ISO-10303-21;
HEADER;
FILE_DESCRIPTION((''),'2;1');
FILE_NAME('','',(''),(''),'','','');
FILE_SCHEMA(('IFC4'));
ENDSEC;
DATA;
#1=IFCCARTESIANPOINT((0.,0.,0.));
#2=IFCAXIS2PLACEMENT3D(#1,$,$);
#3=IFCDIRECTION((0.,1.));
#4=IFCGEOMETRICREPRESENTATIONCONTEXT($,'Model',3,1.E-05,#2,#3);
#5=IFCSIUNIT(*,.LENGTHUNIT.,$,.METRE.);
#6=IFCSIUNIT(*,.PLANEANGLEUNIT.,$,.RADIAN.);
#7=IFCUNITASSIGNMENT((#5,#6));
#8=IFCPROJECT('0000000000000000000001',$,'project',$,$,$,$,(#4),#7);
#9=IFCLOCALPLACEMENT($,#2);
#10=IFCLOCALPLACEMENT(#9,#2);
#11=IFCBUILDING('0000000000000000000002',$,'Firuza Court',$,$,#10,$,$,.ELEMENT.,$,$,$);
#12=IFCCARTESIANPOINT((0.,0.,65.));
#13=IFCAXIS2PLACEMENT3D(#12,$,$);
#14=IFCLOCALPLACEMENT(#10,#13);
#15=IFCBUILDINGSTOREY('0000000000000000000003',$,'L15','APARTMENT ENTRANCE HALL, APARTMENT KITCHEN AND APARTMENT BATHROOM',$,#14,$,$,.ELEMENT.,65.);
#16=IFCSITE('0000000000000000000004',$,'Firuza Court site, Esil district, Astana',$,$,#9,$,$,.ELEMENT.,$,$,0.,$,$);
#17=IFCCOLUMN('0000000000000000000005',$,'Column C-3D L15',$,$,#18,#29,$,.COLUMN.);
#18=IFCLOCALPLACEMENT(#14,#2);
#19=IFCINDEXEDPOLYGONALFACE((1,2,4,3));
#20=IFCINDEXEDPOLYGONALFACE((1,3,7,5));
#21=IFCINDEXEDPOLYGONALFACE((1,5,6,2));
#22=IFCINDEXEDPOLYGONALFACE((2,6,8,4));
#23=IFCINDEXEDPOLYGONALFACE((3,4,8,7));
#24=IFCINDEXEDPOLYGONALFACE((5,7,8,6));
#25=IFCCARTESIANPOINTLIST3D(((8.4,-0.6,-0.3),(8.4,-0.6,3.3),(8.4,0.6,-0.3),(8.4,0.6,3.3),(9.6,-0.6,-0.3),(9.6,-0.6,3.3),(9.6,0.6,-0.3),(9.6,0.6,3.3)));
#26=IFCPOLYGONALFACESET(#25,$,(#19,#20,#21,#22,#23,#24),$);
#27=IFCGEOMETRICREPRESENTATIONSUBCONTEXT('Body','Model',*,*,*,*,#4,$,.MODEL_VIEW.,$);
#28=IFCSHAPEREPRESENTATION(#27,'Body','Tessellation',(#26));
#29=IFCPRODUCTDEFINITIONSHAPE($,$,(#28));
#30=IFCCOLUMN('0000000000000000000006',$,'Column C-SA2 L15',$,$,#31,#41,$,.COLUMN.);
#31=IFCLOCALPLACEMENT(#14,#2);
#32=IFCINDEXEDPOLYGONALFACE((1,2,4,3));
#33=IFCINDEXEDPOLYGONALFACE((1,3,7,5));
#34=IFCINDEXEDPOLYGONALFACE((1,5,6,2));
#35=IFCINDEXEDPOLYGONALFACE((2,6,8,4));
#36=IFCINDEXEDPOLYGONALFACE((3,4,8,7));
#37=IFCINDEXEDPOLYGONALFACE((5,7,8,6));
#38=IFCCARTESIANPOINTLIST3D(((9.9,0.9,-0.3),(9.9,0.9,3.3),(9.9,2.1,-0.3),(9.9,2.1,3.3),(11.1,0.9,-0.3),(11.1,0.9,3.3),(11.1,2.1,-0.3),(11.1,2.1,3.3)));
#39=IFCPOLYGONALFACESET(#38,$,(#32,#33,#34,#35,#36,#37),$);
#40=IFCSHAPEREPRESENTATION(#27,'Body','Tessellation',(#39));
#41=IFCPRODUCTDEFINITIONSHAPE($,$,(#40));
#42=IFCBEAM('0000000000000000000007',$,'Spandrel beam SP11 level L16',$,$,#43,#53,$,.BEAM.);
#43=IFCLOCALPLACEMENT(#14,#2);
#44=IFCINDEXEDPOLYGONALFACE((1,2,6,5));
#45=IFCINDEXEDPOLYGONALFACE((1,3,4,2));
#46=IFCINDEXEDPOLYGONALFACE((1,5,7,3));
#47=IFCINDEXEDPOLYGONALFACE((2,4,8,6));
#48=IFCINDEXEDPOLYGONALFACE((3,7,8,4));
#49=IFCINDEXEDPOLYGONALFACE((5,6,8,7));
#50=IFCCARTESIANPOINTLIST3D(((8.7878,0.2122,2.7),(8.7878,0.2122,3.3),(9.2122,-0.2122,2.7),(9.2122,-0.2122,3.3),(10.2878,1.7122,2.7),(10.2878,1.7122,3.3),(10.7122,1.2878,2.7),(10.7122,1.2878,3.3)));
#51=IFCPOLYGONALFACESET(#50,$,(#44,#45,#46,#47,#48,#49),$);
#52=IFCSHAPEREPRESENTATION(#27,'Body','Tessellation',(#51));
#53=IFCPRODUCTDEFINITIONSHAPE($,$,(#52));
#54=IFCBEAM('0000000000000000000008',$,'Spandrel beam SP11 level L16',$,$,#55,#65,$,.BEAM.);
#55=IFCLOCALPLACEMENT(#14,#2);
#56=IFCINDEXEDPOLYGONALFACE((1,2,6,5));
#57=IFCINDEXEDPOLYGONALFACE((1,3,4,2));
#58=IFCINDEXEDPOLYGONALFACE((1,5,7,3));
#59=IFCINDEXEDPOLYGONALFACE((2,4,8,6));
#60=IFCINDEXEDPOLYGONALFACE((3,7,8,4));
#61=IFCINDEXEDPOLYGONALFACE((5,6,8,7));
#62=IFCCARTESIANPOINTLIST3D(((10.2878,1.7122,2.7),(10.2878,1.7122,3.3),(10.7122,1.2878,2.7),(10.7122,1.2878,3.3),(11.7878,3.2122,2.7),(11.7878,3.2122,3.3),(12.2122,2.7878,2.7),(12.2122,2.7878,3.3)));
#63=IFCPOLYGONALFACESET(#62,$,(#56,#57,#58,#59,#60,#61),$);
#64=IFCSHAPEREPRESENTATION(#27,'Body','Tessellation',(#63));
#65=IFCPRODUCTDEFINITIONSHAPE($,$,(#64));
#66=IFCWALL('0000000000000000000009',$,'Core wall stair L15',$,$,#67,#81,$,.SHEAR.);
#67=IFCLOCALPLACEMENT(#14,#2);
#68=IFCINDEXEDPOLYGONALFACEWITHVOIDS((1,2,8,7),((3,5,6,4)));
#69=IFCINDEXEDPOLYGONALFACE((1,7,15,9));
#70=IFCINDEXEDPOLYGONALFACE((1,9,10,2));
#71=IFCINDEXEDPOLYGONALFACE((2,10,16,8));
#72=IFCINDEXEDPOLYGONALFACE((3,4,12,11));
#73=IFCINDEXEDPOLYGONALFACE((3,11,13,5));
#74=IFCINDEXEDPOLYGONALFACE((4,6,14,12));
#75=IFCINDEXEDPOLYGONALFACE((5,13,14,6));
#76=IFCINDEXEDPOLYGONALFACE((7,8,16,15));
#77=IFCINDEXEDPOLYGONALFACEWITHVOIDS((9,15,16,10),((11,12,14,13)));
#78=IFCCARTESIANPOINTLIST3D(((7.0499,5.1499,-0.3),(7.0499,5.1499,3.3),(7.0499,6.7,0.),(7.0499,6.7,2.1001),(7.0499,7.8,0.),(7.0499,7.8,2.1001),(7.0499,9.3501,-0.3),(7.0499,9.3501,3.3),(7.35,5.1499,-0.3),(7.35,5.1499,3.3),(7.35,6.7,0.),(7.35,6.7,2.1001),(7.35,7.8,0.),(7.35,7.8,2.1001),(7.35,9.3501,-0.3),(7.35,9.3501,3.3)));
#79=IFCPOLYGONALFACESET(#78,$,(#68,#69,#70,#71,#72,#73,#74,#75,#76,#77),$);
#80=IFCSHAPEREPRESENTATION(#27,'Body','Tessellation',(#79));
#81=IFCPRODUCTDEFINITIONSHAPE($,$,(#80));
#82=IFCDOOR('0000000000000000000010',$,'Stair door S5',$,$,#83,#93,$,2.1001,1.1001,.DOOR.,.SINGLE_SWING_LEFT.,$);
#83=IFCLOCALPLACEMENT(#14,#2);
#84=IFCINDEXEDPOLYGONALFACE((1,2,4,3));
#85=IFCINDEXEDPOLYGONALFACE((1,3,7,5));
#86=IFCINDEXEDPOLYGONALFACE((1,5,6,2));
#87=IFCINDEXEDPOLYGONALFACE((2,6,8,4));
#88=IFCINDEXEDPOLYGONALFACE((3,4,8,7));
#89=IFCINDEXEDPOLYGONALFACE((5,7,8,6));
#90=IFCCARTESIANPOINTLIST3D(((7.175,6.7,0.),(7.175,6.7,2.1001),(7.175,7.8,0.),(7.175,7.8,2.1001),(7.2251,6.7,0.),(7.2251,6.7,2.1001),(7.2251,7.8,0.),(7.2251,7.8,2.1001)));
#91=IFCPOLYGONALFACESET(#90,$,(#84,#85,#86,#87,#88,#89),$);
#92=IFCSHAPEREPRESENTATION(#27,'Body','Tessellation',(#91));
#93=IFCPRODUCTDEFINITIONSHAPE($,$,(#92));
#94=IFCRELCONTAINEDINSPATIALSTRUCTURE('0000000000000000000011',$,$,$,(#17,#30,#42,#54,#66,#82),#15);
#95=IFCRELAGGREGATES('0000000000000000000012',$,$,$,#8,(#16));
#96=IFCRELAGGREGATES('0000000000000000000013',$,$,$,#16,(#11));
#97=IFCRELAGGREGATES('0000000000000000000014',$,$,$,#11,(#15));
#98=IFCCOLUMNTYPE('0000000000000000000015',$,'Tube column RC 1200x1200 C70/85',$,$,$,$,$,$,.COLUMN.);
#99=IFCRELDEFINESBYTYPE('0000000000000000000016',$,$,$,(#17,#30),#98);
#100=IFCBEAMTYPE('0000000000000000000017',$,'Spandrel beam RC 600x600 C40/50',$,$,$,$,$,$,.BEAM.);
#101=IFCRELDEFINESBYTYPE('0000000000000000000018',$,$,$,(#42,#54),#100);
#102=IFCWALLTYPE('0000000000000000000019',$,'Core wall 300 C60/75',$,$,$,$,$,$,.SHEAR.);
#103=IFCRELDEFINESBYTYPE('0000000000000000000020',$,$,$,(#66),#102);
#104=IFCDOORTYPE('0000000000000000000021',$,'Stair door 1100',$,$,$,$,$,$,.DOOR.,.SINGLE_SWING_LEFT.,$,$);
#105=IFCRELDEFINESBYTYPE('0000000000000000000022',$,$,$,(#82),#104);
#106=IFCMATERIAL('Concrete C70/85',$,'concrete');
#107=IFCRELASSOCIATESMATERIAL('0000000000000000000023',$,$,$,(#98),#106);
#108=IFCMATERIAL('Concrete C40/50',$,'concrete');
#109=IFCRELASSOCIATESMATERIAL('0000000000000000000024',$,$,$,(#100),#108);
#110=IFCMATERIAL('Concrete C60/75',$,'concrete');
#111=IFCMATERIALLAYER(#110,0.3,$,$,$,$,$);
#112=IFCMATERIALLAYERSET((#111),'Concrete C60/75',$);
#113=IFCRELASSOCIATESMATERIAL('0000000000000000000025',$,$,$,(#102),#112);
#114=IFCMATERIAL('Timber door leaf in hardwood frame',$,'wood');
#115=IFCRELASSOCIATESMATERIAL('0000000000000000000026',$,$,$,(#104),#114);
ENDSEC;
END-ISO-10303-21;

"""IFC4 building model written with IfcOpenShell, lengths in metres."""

from ifc_helpers import new_model, si_unit, direction, frame, frame_2d, origin, origin_2d, place, context, subcontext, project, spatial, rectangle, extrude, material, layer, layer_set, material_profile, profile_set, type_object, element, fill, save


model = new_model("IFC4")

# Units and contexts
model_context = context("Model", 3, precision=1e-05, world=origin(), true_north=direction((0.0, 1.0)))
body_context = subcontext(model_context, "Body", "Model", "MODEL_VIEW")
ifc_project = project(units=[si_unit("LENGTHUNIT", "METRE"), si_unit("PLANEANGLEUNIT", "RADIAN")], contexts=[model_context])

# Site, building, storey
site_placement = place(None, origin())
site = spatial("IfcSite", under=ifc_project, at=site_placement, Name="Firuza Court site, Esil district, Astana", CompositionType="ELEMENT", RefElevation=0.0)
building_placement = place(site_placement, origin())
building = spatial("IfcBuilding", under=site, at=building_placement, Name="Firuza Court", CompositionType="ELEMENT")
storey_placement = place(building_placement, frame((0.0, 0.0, 65.0)))
storey = spatial("IfcBuildingStorey", under=building, at=storey_placement, Name="L15", Description="APARTMENT ENTRANCE HALL, APARTMENT KITCHEN AND APARTMENT BATHROOM", CompositionType="ELEMENT", Elevation=65.0)

# Columns
ifc_material_1 = material(Name="Concrete C70/85", Category="concrete")
ifc_material_profile_1 = material_profile(ifc_material_1, rectangle(XDim=1.2, YDim=1.2, at=origin_2d()), Name="RC 1200x1200")
ifc_profile_set_1 = profile_set([ifc_material_profile_1], Name="Concrete C70/85")
column_type = type_object("IfcColumnType", Name="Tube column RC 1200x1200 C70/85", PredefinedType="COLUMN", material=ifc_profile_set_1)
for number, where, z_axis, x_axis, name in (
    (1, (9.0, 0.0, -0.3), (0.0, 0.0, 1.0), (1.0, 0.0, 0.0), "Column C-3D L15"),
    (2, (10.5, 1.5, -0.3), (0.0, 0.0, 1.0), (1.0, 0.0, 0.0), "Column C-SA2 L15"),
):
    element("IfcColumn", number, at=place(storey_placement, frame(where, z_axis=z_axis, x_axis=x_axis)), inside=storey, type_object=column_type, Name=name, PredefinedType="COLUMN", context=body_context, shape_type="SweptSolid", body=[
        extrude(rectangle(XDim=1.2, YDim=1.2, at=origin_2d()), origin(), (0.0, 0.0, 1.0), 3.6001),
    ])

# Beams
ifc_material_2 = material(Name="Concrete C40/50", Category="concrete")
ifc_material_profile_2 = material_profile(ifc_material_2, rectangle(XDim=0.6001, YDim=0.6001, at=origin_2d()), Name="RC 600x600")
ifc_profile_set_2 = profile_set([ifc_material_profile_2], Name="Concrete C40/50")
beam_type = type_object("IfcBeamType", Name="Spandrel beam RC 600x600 C40/50", PredefinedType="BEAM", material=ifc_profile_set_2)
for number, where, z_axis, x_axis, name in (
    (3, (9.0, 0.0, 3.0), (0.707107, 0.707107, 0.0), (-0.707107, 0.707107, 0.0), "Spandrel beam SP11 level L16"),
    (4, (10.5, 1.5, 3.0), (0.707107, 0.707107, 0.0), (-0.707107, 0.707107, 0.0), "Spandrel beam SP11 level L16"),
):
    element("IfcBeam", number, at=place(storey_placement, frame(where, z_axis=z_axis, x_axis=x_axis)), inside=storey, type_object=beam_type, Name=name, PredefinedType="BEAM", context=body_context, shape_type="SweptSolid", body=[
        extrude(rectangle(XDim=0.6001, YDim=0.6001, at=origin_2d()), origin(), (0.0, 0.0, 1.0), 2.1213),
    ])

# Wall, opening, door
ifc_material_3 = material(Name="Concrete C60/75", Category="concrete")
ifc_layer_1 = layer(ifc_material_3, 0.3)
ifc_layer_set_1 = layer_set([ifc_layer_1], Name="Concrete C60/75")
wall_type_1 = type_object("IfcWallType", Name="Core wall 300 C60/75", PredefinedType="SHEAR", material=ifc_layer_set_1)
wall_1_placement = place(storey_placement, frame((7.2, 5.1499, -0.3), z_axis=(0.0, 0.0, 1.0), x_axis=(0.0, 1.0, 0.0)))
wall_1 = element("IfcWall", 5, at=wall_1_placement, inside=storey, type_object=wall_type_1, Name="Core wall stair L15", PredefinedType="SHEAR", context=body_context, shape_type="SweptSolid", body=[
    extrude(rectangle(XDim=4.2002, YDim=0.3, at=frame_2d((2.1001, 0.0))), origin(), (0.0, 0.0, 1.0), 3.6001),
])
opening_1_placement = place(wall_1_placement, frame((1.55, 0.0, 0.3)))
opening_1 = element("IfcOpeningElement", 6, at=opening_1_placement, cuts=wall_1, PredefinedType="OPENING", context=body_context, shape_type="SweptSolid", body=[
    extrude(rectangle(XDim=1.1001, YDim=2.1001, at=frame_2d((0.55, 1.05))), frame((0.0, 0.1621, 0.0), z_axis=(0.0, -1.0, 0.0), x_axis=(1.0, 0.0, 0.0)), (0.0, 0.0, 1.0), 0.324),
])
ifc_material_4 = material(Name="Timber door leaf in hardwood frame", Category="wood")
door_type_1 = type_object("IfcDoorType", Name="Stair door 1100", OperationType="SINGLE_SWING_LEFT", PredefinedType="DOOR", material=ifc_material_4)
door_1_placement = place(opening_1_placement, origin())
door_1 = element("IfcDoor", 7, at=door_1_placement, inside=storey, type_object=door_type_1, Name="Stair door S5", OperationType="SINGLE_SWING_LEFT", OverallHeight=2.1001, OverallWidth=1.1001, PredefinedType="DOOR", context=body_context, shape_type="SweptSolid", body=[
    extrude(rectangle(XDim=1.1001, YDim=2.1001, at=frame_2d((0.55, 1.05))), frame((0.0, 0.0249, 0.0), z_axis=(0.0, -1.0, 0.0), x_axis=(1.0, 0.0, 0.0)), (0.0, 0.0, 1.0), 0.05),
])
fill(opening_1, door_1)

save(model, "model.ifc")
